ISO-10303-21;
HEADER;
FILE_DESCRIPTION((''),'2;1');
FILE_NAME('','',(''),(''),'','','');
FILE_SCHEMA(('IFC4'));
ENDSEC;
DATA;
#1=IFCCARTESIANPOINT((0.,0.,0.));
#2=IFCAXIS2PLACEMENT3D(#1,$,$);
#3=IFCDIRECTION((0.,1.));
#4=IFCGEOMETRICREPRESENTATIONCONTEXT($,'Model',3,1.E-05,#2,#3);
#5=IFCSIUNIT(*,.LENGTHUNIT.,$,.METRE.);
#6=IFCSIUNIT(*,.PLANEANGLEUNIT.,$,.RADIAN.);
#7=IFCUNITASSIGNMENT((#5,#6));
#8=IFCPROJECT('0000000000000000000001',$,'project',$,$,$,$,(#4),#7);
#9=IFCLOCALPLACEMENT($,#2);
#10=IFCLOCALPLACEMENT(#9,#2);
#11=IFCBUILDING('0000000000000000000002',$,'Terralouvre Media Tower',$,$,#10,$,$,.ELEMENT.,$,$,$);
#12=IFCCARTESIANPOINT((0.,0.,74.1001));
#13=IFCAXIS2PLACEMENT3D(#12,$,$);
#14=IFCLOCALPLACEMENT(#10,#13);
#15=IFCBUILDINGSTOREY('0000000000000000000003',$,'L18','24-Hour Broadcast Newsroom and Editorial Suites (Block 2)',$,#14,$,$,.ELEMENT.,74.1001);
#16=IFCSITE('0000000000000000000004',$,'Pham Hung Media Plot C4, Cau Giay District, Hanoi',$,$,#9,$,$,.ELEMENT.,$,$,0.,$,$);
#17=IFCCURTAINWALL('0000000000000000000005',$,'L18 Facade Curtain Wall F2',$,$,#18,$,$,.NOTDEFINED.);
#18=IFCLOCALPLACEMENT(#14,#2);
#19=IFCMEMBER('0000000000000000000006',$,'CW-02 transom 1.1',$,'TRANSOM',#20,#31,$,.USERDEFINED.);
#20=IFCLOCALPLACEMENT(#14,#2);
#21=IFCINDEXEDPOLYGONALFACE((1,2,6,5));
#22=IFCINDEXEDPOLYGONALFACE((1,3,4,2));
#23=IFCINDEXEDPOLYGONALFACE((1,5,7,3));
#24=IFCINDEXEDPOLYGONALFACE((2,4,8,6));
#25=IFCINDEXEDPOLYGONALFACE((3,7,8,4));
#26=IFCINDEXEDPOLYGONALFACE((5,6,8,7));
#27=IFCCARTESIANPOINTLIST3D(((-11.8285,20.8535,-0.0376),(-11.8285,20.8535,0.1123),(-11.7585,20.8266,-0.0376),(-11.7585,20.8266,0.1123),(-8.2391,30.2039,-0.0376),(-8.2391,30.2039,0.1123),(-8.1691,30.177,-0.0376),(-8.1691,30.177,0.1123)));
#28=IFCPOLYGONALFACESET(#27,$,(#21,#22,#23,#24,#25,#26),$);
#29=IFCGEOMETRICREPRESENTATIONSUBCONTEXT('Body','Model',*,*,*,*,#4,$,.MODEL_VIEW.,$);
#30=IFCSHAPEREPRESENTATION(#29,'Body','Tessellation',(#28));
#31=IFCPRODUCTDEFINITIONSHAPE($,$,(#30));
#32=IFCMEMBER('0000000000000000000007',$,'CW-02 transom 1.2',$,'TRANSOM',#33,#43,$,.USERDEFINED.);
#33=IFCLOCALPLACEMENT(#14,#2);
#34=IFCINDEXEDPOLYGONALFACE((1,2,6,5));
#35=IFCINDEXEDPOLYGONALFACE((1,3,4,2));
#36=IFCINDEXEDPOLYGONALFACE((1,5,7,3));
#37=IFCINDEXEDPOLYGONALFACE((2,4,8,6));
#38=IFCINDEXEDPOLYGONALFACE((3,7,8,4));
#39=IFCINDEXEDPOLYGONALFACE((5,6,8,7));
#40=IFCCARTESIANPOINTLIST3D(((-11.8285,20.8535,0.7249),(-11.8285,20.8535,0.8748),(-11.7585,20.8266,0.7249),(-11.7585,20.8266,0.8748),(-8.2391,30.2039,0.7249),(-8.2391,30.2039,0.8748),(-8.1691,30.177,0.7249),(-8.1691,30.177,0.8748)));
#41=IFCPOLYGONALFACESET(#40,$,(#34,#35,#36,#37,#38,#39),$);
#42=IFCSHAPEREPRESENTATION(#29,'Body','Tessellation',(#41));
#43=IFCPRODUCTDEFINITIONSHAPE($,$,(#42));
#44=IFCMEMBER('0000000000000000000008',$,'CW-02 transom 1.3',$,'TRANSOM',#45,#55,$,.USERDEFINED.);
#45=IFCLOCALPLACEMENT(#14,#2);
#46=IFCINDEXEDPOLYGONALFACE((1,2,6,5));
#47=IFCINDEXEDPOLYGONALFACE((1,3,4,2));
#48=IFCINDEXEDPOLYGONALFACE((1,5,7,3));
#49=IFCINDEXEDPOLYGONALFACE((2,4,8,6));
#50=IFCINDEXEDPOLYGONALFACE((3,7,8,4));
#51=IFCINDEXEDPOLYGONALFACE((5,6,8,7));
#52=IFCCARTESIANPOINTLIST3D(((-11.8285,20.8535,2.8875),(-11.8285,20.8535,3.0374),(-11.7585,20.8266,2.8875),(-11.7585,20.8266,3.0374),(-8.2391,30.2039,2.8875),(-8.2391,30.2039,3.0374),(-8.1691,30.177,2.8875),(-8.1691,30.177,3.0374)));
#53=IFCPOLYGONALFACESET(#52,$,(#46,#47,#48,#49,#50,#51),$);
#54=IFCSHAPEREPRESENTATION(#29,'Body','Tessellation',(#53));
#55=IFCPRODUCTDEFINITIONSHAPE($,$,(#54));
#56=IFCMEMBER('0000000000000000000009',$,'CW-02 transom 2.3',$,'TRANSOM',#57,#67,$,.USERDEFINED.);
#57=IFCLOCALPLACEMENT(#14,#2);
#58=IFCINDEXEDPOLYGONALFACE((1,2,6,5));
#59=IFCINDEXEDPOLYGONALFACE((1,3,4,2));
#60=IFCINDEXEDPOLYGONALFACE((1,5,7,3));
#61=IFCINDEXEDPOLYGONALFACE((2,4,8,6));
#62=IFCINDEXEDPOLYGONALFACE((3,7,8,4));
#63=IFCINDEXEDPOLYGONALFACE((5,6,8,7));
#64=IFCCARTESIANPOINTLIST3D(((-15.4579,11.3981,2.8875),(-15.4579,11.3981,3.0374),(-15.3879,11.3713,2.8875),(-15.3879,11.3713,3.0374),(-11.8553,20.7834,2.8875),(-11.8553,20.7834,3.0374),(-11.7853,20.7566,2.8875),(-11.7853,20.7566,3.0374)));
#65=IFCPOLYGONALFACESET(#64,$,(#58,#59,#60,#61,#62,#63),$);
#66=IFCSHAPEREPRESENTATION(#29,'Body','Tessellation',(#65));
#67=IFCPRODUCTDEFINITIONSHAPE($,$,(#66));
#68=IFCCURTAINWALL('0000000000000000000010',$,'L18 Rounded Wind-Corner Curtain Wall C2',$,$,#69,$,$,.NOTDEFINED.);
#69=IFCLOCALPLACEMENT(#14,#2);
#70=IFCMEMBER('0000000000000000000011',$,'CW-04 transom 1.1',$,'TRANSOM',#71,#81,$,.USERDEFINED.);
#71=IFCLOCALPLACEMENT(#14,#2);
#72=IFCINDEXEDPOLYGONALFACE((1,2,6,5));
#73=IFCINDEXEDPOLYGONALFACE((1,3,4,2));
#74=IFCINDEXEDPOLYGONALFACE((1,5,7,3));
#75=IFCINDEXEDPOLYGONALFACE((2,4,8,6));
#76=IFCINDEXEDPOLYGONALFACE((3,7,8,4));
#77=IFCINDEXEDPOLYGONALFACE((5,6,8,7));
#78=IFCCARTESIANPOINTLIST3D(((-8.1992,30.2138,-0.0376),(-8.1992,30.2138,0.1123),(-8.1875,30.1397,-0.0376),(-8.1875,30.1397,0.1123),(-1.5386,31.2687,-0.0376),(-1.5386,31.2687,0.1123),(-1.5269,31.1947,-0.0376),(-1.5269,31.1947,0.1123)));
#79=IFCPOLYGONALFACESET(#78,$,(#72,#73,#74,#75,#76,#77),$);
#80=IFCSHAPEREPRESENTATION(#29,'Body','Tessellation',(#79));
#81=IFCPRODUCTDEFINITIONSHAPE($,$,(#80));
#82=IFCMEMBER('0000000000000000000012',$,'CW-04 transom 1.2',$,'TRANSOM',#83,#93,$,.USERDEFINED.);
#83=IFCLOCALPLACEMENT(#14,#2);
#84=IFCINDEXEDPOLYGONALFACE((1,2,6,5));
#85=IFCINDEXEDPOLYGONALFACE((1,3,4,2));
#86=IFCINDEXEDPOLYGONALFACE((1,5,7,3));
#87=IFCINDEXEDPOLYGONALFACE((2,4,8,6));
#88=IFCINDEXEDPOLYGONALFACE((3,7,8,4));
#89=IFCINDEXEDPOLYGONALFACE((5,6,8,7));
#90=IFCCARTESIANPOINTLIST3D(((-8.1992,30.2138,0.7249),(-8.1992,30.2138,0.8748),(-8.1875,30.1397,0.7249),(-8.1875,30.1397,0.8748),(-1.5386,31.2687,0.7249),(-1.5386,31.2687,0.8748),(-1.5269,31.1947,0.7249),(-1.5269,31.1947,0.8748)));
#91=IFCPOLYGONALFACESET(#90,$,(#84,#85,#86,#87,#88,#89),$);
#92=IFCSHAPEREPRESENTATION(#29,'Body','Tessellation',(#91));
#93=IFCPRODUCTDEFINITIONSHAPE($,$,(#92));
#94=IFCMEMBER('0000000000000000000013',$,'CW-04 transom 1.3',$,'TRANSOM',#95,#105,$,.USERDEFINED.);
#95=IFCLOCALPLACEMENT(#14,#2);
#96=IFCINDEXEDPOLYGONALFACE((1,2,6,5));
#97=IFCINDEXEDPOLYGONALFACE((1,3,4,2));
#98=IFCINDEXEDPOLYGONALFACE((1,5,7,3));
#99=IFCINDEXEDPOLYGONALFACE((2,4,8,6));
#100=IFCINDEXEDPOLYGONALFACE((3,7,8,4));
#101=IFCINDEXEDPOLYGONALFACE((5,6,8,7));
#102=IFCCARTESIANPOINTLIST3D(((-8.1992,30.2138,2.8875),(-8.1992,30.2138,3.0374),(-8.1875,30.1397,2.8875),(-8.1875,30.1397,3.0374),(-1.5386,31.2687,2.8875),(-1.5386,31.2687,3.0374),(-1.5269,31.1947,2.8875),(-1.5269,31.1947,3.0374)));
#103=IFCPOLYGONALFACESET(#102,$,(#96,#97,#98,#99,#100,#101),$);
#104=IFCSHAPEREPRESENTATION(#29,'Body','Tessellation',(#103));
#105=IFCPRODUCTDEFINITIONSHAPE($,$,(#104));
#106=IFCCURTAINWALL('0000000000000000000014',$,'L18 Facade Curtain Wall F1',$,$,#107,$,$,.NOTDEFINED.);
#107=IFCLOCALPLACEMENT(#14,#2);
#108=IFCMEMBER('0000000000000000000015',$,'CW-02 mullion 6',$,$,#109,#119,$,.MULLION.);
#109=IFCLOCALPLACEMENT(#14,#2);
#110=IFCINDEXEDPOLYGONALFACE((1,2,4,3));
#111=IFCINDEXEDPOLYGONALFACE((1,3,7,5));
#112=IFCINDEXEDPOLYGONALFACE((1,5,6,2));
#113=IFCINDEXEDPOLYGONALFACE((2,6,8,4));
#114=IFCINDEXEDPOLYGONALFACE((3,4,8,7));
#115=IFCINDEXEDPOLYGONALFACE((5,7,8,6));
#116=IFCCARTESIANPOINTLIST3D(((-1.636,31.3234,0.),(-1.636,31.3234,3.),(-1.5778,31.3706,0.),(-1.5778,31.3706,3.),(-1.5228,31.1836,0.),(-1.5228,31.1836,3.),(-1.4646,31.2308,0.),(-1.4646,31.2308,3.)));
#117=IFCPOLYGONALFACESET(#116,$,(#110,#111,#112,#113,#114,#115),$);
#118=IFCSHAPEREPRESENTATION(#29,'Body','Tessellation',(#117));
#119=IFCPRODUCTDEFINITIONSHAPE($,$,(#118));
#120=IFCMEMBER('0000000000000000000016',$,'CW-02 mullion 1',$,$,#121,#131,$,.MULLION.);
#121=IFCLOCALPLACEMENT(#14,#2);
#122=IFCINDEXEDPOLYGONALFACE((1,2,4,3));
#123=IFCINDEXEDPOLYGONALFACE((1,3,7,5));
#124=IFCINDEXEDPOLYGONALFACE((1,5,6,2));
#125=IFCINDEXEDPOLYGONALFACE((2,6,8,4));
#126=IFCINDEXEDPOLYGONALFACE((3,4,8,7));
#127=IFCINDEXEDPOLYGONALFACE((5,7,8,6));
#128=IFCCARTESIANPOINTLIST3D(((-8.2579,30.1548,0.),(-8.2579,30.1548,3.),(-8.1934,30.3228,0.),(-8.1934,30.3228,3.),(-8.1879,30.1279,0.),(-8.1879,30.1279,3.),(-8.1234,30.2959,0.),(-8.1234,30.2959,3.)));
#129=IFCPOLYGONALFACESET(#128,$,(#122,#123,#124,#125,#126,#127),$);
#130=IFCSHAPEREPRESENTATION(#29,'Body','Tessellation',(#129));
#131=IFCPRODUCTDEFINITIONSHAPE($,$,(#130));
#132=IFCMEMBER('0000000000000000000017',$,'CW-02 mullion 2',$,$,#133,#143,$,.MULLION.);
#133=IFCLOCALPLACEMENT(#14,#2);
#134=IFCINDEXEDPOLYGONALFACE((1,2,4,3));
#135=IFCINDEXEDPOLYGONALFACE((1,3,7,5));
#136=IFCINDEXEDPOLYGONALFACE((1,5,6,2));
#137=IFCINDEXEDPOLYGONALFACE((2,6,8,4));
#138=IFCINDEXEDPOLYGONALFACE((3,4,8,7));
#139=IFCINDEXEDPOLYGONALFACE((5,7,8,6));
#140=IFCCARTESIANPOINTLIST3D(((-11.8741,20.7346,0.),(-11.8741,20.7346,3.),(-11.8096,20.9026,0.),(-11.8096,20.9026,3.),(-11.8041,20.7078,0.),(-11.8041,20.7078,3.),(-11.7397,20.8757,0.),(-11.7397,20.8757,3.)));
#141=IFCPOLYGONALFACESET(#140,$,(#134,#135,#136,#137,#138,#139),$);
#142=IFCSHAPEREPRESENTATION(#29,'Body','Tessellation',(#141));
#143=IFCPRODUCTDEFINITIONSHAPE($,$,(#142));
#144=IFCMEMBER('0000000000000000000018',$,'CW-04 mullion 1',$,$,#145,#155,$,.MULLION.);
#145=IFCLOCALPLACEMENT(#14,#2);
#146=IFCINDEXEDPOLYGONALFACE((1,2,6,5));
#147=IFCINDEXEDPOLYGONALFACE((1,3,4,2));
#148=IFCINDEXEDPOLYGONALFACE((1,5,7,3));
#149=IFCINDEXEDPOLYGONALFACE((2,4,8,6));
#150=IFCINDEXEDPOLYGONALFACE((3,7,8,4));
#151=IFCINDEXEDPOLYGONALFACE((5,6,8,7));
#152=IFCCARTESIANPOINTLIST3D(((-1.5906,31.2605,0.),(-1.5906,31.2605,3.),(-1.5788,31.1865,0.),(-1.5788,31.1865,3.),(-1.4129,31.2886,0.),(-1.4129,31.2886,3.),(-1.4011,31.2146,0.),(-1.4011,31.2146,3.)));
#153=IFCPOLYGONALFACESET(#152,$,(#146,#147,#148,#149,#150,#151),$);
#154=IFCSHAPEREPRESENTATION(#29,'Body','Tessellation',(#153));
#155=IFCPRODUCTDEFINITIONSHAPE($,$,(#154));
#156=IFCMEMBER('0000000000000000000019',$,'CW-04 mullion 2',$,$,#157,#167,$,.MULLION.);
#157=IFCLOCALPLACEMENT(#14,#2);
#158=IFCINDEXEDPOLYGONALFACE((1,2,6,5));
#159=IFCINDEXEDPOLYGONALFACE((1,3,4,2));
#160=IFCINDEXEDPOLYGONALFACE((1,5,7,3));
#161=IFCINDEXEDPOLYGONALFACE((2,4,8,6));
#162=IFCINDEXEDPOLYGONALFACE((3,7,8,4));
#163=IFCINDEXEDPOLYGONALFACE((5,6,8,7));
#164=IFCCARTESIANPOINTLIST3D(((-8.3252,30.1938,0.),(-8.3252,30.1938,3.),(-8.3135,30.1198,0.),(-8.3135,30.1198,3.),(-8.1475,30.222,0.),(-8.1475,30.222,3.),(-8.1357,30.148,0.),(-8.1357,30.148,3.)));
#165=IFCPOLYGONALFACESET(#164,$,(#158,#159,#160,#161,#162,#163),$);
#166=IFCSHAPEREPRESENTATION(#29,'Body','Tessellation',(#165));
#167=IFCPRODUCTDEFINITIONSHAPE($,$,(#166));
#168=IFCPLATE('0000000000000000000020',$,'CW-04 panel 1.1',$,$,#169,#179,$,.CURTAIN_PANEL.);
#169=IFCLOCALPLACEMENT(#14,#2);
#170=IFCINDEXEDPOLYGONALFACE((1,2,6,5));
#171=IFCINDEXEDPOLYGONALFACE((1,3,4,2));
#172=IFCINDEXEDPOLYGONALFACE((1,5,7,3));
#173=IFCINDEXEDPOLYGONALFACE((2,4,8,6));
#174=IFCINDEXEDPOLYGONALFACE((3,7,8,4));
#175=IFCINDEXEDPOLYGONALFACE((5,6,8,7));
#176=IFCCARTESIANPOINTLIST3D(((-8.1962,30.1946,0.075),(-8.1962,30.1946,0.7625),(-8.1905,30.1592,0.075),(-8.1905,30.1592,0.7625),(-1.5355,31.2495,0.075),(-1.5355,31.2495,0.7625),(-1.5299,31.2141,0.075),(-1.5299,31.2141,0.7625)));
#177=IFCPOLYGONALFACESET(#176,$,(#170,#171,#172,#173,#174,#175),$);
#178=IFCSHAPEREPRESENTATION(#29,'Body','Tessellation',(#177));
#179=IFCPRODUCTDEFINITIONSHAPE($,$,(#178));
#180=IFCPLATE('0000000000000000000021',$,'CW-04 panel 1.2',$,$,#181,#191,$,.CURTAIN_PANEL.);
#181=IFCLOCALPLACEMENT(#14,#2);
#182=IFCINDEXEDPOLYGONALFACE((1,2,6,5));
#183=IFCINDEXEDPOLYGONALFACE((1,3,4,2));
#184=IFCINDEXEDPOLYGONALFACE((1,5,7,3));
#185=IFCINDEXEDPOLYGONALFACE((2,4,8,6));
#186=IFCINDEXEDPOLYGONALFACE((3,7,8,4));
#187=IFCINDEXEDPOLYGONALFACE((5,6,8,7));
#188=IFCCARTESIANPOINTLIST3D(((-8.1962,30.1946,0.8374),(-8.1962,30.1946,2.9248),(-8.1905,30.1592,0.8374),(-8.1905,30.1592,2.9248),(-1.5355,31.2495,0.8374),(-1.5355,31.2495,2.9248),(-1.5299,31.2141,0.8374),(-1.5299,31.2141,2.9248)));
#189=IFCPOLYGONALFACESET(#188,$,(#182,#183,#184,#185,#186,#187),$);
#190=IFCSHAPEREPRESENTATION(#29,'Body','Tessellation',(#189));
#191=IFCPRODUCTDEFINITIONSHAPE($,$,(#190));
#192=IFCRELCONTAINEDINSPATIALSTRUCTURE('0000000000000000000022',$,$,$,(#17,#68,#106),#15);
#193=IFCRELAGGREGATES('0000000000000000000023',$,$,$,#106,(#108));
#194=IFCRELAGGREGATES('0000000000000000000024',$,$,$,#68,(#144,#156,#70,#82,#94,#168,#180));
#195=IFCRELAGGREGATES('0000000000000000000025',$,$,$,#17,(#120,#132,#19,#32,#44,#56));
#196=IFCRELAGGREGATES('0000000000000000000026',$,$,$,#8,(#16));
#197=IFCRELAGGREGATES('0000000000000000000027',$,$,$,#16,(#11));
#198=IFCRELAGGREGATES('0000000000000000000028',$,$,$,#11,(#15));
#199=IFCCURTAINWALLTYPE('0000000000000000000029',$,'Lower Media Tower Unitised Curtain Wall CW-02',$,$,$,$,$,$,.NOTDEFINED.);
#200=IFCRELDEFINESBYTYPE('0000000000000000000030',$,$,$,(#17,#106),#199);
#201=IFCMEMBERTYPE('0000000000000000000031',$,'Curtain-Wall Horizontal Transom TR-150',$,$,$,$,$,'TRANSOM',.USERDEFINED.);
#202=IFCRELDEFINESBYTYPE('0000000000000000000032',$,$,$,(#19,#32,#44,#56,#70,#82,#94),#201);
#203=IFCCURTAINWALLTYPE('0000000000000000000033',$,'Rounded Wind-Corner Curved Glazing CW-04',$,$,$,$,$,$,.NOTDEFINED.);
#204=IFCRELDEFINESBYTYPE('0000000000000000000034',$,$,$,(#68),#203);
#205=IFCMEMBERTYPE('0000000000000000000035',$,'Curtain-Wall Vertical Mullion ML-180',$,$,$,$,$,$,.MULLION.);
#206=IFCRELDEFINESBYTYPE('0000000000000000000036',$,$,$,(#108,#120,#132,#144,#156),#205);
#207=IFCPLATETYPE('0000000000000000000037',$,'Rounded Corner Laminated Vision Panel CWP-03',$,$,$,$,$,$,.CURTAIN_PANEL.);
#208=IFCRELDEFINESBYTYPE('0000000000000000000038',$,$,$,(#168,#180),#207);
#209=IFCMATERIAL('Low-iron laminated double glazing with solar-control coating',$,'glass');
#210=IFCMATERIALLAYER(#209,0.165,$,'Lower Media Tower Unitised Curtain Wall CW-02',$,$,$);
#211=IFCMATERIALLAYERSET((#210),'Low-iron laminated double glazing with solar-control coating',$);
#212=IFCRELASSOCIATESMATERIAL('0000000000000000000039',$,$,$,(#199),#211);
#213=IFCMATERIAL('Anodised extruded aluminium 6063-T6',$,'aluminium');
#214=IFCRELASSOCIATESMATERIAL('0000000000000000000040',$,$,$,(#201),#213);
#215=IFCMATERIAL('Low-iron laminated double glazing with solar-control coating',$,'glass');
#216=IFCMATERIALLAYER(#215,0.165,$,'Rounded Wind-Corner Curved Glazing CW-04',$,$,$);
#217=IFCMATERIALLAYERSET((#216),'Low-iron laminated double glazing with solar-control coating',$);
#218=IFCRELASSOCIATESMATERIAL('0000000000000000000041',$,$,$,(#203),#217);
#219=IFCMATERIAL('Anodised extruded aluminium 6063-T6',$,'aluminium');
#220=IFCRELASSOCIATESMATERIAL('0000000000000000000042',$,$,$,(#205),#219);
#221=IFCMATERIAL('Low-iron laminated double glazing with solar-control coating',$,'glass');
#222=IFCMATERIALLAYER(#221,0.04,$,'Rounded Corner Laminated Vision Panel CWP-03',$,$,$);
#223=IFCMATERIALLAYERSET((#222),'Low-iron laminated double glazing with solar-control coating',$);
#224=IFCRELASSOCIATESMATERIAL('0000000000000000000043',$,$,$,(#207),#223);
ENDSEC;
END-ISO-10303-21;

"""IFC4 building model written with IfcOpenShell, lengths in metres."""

from ifc_helpers import new_model, si_unit, direction, frame, origin, origin_2d, place, context, subcontext, project, spatial, rectangle, extrude, material, layer, layer_set, material_profile, profile_set, type_object, element, aggregate, save


model = new_model("IFC4")

# Units and contexts
model_context = context("Model", 3, precision=1e-05, world=origin(), true_north=direction((0.0, 1.0)))
body_context = subcontext(model_context, "Body", "Model", "MODEL_VIEW")
ifc_project = project(units=[si_unit("LENGTHUNIT", "METRE"), si_unit("PLANEANGLEUNIT", "RADIAN")], contexts=[model_context])

# Site, building, storey
site_placement = place(None, origin())
site = spatial("IfcSite", under=ifc_project, at=site_placement, Name="Pham Hung Media Plot C4, Cau Giay District, Hanoi", CompositionType="ELEMENT", RefElevation=0.0)
building_placement = place(site_placement, origin())
building = spatial("IfcBuilding", under=site, at=building_placement, Name="Terralouvre Media Tower", CompositionType="ELEMENT")
storey_placement = place(building_placement, frame((0.0, 0.0, 74.1001)))
storey = spatial("IfcBuildingStorey", under=building, at=storey_placement, Name="L18", Description="24-Hour Broadcast Newsroom and Editorial Suites (Block 2)", CompositionType="ELEMENT", Elevation=74.1001)

# Curtain walls, members
ifc_material_1 = material(Name="Low-iron laminated double glazing with solar-control coating", Category="glass")
ifc_layer_1 = layer(ifc_material_1, 0.165, Name="Lower Media Tower Unitised Curtain Wall CW-02")
ifc_layer_set_1 = layer_set([ifc_layer_1], Name="Low-iron laminated double glazing with solar-control coating")
curtain_wall_type_1 = type_object("IfcCurtainWallType", Name="Lower Media Tower Unitised Curtain Wall CW-02", PredefinedType="NOTDEFINED", material=ifc_layer_set_1)
curtain_wall_1_placement = place(storey_placement, origin())
curtain_wall_1 = element("IfcCurtainWall", 1, at=curtain_wall_1_placement, inside=storey, type_object=curtain_wall_type_1, Name="L18 Facade Curtain Wall F2", PredefinedType="NOTDEFINED")
ifc_material_2 = material(Name="Anodised extruded aluminium 6063-T6", Category="aluminium")
ifc_material_profile_1 = material_profile(ifc_material_2, rectangle(XDim=0.075, YDim=0.1499, at=origin_2d()), Name="ALU 75x150")
ifc_profile_set_1 = profile_set([ifc_material_profile_1], Name="Anodised extruded aluminium 6063-T6")
member_type_1 = type_object("IfcMemberType", Name="Curtain-Wall Horizontal Transom TR-150", ElementType="TRANSOM", PredefinedType="USERDEFINED", material=ifc_profile_set_1)
member_1_placement = place(storey_placement, frame((-8.2041, 30.1904, 0.0374), z_axis=(-0.358376, -0.933577, 0.0), x_axis=(0.933577, -0.358376, 0.0)))
member_1 = element("IfcMember", 2, at=member_1_placement, type_object=member_type_1, Name="CW-02 transom 1.1", ObjectType="TRANSOM", PredefinedType="USERDEFINED", context=body_context, shape_type="SweptSolid", body=[
    extrude(rectangle(XDim=0.075, YDim=0.1499, at=origin_2d()), origin(), (0.0, 0.0, 1.0), 10.0156),
])
member_2_placement = place(storey_placement, frame((-8.2041, 30.1904, 0.7998), z_axis=(-0.358376, -0.933577, 0.0), x_axis=(0.933577, -0.358376, 0.0)))
member_2 = element("IfcMember", 3, at=member_2_placement, type_object=member_type_1, Name="CW-02 transom 1.2", ObjectType="TRANSOM", PredefinedType="USERDEFINED", context=body_context, shape_type="SweptSolid", body=[
    extrude(rectangle(XDim=0.075, YDim=0.1499, at=origin_2d()), origin(), (0.0, 0.0, 1.0), 10.0156),
])
member_3_placement = place(storey_placement, frame((-8.2041, 30.1904, 2.9624), z_axis=(-0.358376, -0.933577, 0.0), x_axis=(0.933577, -0.358376, 0.0)))
member_3 = element("IfcMember", 4, at=member_3_placement, type_object=member_type_1, Name="CW-02 transom 1.3", ObjectType="TRANSOM", PredefinedType="USERDEFINED", context=body_context, shape_type="SweptSolid", body=[
    extrude(rectangle(XDim=0.075, YDim=0.1499, at=origin_2d()), origin(), (0.0, 0.0, 1.0), 10.0156),
])
member_4_placement = place(storey_placement, frame((-11.8203, 20.77, 2.9624), z_axis=(-0.358357, -0.933584, 0.0), x_axis=(0.933584, -0.358357, 0.0)))
member_4 = element("IfcMember", 5, at=member_4_placement, type_object=member_type_1, Name="CW-02 transom 2.3", ObjectType="TRANSOM", PredefinedType="USERDEFINED", context=body_context, shape_type="SweptSolid", body=[
    extrude(rectangle(XDim=0.075, YDim=0.1499, at=origin_2d()), origin(), (0.0, 0.0, 1.0), 10.053),
])
ifc_material_3 = material(Name="Low-iron laminated double glazing with solar-control coating", Category="glass")
ifc_layer_2 = layer(ifc_material_3, 0.165, Name="Rounded Wind-Corner Curved Glazing CW-04")
ifc_layer_set_2 = layer_set([ifc_layer_2], Name="Low-iron laminated double glazing with solar-control coating")
curtain_wall_type_2 = type_object("IfcCurtainWallType", Name="Rounded Wind-Corner Curved Glazing CW-04", PredefinedType="NOTDEFINED", material=ifc_layer_set_2)
curtain_wall_2_placement = place(storey_placement, origin())
curtain_wall_2 = element("IfcCurtainWall", 6, at=curtain_wall_2_placement, inside=storey, type_object=curtain_wall_type_2, Name="L18 Rounded Wind-Corner Curtain Wall C2", PredefinedType="NOTDEFINED")
member_5_placement = place(storey_placement, frame((-1.5327, 31.2317, 0.0374), z_axis=(-0.987689, -0.156433, 0.0), x_axis=(0.156433, -0.987689, 0.0)))
member_5 = element("IfcMember", 7, at=member_5_placement, type_object=member_type_1, Name="CW-04 transom 1.1", ObjectType="TRANSOM", PredefinedType="USERDEFINED", context=body_context, shape_type="SweptSolid", body=[
    extrude(rectangle(XDim=0.075, YDim=0.1499, at=origin_2d()), origin(), (0.0, 0.0, 1.0), 6.7437),
])
member_6_placement = place(storey_placement, frame((-1.5327, 31.2317, 0.7998), z_axis=(-0.987689, -0.156433, 0.0), x_axis=(0.156433, -0.987689, 0.0)))
member_6 = element("IfcMember", 8, at=member_6_placement, type_object=member_type_1, Name="CW-04 transom 1.2", ObjectType="TRANSOM", PredefinedType="USERDEFINED", context=body_context, shape_type="SweptSolid", body=[
    extrude(rectangle(XDim=0.075, YDim=0.1499, at=origin_2d()), origin(), (0.0, 0.0, 1.0), 6.7437),
])
member_7_placement = place(storey_placement, frame((-1.5327, 31.2317, 2.9624), z_axis=(-0.987689, -0.156433, 0.0), x_axis=(0.156433, -0.987689, 0.0)))
member_7 = element("IfcMember", 9, at=member_7_placement, type_object=member_type_1, Name="CW-04 transom 1.3", ObjectType="TRANSOM", PredefinedType="USERDEFINED", context=body_context, shape_type="SweptSolid", body=[
    extrude(rectangle(XDim=0.075, YDim=0.1499, at=origin_2d()), origin(), (0.0, 0.0, 1.0), 6.7437),
])

# Curtain wall, member
curtain_wall_3_placement = place(storey_placement, origin())
curtain_wall_3 = element("IfcCurtainWall", 10, at=curtain_wall_3_placement, inside=storey, type_object=curtain_wall_type_1, Name="L18 Facade Curtain Wall F1", PredefinedType="NOTDEFINED")
ifc_material_4 = material(Name="Anodised extruded aluminium 6063-T6", Category="aluminium")
ifc_material_profile_2 = material_profile(ifc_material_4, rectangle(XDim=0.075, YDim=0.1799, at=origin_2d()), Name="ALU 75x180")
ifc_profile_set_2 = profile_set([ifc_material_profile_2], Name="Anodised extruded aluminium 6063-T6")
member_type_2 = type_object("IfcMemberType", Name="Curtain-Wall Vertical Mullion ML-180", PredefinedType="MULLION", material=ifc_profile_set_2)
member_8_placement = place(storey_placement, frame((-1.5503, 31.2771, 0.0), z_axis=(0.0, 0.0, 1.0), x_axis=(-0.777146, -0.62932, 0.0)))
member_8 = element("IfcMember", 11, at=member_8_placement, type_object=member_type_2, Name="CW-02 mullion 6", PredefinedType="MULLION", context=body_context, shape_type="SweptSolid", body=[
    extrude(rectangle(XDim=0.075, YDim=0.1799, at=origin_2d()), origin(), (0.0, 0.0, 1.0), 3.0),
])
aggregate(curtain_wall_3, [member_8])

# Members
member_9_placement = place(storey_placement, frame((-8.1907, 30.2253, 0.0), z_axis=(0.0, 0.0, 1.0), x_axis=(0.93358, -0.358368, 0.0)))
member_9 = element("IfcMember", 12, at=member_9_placement, type_object=member_type_2, Name="CW-02 mullion 1", PredefinedType="MULLION", context=body_context, shape_type="SweptSolid", body=[
    extrude(rectangle(XDim=0.075, YDim=0.1799, at=origin_2d()), origin(), (0.0, 0.0, 1.0), 3.0),
])
member_10_placement = place(storey_placement, frame((-11.8069, 20.8052, 0.0), z_axis=(0.0, 0.0, 1.0), x_axis=(0.93358, -0.358368, 0.0)))
member_10 = element("IfcMember", 13, at=member_10_placement, type_object=member_type_2, Name="CW-02 mullion 2", PredefinedType="MULLION", context=body_context, shape_type="SweptSolid", body=[
    extrude(rectangle(XDim=0.075, YDim=0.1799, at=origin_2d()), origin(), (0.0, 0.0, 1.0), 3.0),
])
member_11_placement = place(storey_placement, frame((-1.4958, 31.2375, 0.0), z_axis=(0.0, 0.0, 1.0), x_axis=(0.156434, -0.987688, 0.0)))
member_11 = element("IfcMember", 14, at=member_11_placement, type_object=member_type_2, Name="CW-04 mullion 1", PredefinedType="MULLION", context=body_context, shape_type="SweptSolid", body=[
    extrude(rectangle(XDim=0.075, YDim=0.1799, at=origin_2d()), origin(), (0.0, 0.0, 1.0), 3.0),
])
member_12_placement = place(storey_placement, frame((-8.2305, 30.1709, 0.0), z_axis=(0.0, 0.0, 1.0), x_axis=(0.156434, -0.987688, 0.0)))
member_12 = element("IfcMember", 15, at=member_12_placement, type_object=member_type_2, Name="CW-04 mullion 2", PredefinedType="MULLION", context=body_context, shape_type="SweptSolid", body=[
    extrude(rectangle(XDim=0.075, YDim=0.1799, at=origin_2d()), origin(), (0.0, 0.0, 1.0), 3.0),
])

# Plates
ifc_material_5 = material(Name="Low-iron laminated double glazing with solar-control coating", Category="glass")
ifc_layer_3 = layer(ifc_material_5, 0.04, Name="Rounded Corner Laminated Vision Panel CWP-03")
ifc_layer_set_3 = layer_set([ifc_layer_3], Name="Low-iron laminated double glazing with solar-control coating")
plate_type_1 = type_object("IfcPlateType", Name="Rounded Corner Laminated Vision Panel CWP-03", PredefinedType="CURTAIN_PANEL", material=ifc_layer_set_3)
plate_1_placement = place(storey_placement, frame((-4.863, 30.7043, 0.075), z_axis=(0.0, 0.0, 1.0), x_axis=(-0.987688, -0.156434, 0.0)))
plate_1 = element("IfcPlate", 16, at=plate_1_placement, type_object=plate_type_1, Name="CW-04 panel 1.1", PredefinedType="CURTAIN_PANEL", context=body_context, shape_type="SweptSolid", body=[
    extrude(rectangle(XDim=6.7437, YDim=0.0359, at=origin_2d()), origin(), (0.0, 0.0, 1.0), 0.6875),
])
plate_2_placement = place(storey_placement, frame((-4.863, 30.7043, 0.8374), z_axis=(0.0, 0.0, 1.0), x_axis=(-0.987688, -0.156434, 0.0)))
plate_2 = element("IfcPlate", 17, at=plate_2_placement, type_object=plate_type_1, Name="CW-04 panel 1.2", PredefinedType="CURTAIN_PANEL", context=body_context, shape_type="SweptSolid", body=[
    extrude(rectangle(XDim=6.7437, YDim=0.0359, at=origin_2d()), origin(), (0.0, 0.0, 1.0), 2.0874),
])
aggregate(curtain_wall_2, [member_11, member_12, member_5, member_6, member_7, plate_1, plate_2])
aggregate(curtain_wall_1, [member_9, member_10, member_1, member_2, member_3, member_4])

save(model, "model.ifc")
